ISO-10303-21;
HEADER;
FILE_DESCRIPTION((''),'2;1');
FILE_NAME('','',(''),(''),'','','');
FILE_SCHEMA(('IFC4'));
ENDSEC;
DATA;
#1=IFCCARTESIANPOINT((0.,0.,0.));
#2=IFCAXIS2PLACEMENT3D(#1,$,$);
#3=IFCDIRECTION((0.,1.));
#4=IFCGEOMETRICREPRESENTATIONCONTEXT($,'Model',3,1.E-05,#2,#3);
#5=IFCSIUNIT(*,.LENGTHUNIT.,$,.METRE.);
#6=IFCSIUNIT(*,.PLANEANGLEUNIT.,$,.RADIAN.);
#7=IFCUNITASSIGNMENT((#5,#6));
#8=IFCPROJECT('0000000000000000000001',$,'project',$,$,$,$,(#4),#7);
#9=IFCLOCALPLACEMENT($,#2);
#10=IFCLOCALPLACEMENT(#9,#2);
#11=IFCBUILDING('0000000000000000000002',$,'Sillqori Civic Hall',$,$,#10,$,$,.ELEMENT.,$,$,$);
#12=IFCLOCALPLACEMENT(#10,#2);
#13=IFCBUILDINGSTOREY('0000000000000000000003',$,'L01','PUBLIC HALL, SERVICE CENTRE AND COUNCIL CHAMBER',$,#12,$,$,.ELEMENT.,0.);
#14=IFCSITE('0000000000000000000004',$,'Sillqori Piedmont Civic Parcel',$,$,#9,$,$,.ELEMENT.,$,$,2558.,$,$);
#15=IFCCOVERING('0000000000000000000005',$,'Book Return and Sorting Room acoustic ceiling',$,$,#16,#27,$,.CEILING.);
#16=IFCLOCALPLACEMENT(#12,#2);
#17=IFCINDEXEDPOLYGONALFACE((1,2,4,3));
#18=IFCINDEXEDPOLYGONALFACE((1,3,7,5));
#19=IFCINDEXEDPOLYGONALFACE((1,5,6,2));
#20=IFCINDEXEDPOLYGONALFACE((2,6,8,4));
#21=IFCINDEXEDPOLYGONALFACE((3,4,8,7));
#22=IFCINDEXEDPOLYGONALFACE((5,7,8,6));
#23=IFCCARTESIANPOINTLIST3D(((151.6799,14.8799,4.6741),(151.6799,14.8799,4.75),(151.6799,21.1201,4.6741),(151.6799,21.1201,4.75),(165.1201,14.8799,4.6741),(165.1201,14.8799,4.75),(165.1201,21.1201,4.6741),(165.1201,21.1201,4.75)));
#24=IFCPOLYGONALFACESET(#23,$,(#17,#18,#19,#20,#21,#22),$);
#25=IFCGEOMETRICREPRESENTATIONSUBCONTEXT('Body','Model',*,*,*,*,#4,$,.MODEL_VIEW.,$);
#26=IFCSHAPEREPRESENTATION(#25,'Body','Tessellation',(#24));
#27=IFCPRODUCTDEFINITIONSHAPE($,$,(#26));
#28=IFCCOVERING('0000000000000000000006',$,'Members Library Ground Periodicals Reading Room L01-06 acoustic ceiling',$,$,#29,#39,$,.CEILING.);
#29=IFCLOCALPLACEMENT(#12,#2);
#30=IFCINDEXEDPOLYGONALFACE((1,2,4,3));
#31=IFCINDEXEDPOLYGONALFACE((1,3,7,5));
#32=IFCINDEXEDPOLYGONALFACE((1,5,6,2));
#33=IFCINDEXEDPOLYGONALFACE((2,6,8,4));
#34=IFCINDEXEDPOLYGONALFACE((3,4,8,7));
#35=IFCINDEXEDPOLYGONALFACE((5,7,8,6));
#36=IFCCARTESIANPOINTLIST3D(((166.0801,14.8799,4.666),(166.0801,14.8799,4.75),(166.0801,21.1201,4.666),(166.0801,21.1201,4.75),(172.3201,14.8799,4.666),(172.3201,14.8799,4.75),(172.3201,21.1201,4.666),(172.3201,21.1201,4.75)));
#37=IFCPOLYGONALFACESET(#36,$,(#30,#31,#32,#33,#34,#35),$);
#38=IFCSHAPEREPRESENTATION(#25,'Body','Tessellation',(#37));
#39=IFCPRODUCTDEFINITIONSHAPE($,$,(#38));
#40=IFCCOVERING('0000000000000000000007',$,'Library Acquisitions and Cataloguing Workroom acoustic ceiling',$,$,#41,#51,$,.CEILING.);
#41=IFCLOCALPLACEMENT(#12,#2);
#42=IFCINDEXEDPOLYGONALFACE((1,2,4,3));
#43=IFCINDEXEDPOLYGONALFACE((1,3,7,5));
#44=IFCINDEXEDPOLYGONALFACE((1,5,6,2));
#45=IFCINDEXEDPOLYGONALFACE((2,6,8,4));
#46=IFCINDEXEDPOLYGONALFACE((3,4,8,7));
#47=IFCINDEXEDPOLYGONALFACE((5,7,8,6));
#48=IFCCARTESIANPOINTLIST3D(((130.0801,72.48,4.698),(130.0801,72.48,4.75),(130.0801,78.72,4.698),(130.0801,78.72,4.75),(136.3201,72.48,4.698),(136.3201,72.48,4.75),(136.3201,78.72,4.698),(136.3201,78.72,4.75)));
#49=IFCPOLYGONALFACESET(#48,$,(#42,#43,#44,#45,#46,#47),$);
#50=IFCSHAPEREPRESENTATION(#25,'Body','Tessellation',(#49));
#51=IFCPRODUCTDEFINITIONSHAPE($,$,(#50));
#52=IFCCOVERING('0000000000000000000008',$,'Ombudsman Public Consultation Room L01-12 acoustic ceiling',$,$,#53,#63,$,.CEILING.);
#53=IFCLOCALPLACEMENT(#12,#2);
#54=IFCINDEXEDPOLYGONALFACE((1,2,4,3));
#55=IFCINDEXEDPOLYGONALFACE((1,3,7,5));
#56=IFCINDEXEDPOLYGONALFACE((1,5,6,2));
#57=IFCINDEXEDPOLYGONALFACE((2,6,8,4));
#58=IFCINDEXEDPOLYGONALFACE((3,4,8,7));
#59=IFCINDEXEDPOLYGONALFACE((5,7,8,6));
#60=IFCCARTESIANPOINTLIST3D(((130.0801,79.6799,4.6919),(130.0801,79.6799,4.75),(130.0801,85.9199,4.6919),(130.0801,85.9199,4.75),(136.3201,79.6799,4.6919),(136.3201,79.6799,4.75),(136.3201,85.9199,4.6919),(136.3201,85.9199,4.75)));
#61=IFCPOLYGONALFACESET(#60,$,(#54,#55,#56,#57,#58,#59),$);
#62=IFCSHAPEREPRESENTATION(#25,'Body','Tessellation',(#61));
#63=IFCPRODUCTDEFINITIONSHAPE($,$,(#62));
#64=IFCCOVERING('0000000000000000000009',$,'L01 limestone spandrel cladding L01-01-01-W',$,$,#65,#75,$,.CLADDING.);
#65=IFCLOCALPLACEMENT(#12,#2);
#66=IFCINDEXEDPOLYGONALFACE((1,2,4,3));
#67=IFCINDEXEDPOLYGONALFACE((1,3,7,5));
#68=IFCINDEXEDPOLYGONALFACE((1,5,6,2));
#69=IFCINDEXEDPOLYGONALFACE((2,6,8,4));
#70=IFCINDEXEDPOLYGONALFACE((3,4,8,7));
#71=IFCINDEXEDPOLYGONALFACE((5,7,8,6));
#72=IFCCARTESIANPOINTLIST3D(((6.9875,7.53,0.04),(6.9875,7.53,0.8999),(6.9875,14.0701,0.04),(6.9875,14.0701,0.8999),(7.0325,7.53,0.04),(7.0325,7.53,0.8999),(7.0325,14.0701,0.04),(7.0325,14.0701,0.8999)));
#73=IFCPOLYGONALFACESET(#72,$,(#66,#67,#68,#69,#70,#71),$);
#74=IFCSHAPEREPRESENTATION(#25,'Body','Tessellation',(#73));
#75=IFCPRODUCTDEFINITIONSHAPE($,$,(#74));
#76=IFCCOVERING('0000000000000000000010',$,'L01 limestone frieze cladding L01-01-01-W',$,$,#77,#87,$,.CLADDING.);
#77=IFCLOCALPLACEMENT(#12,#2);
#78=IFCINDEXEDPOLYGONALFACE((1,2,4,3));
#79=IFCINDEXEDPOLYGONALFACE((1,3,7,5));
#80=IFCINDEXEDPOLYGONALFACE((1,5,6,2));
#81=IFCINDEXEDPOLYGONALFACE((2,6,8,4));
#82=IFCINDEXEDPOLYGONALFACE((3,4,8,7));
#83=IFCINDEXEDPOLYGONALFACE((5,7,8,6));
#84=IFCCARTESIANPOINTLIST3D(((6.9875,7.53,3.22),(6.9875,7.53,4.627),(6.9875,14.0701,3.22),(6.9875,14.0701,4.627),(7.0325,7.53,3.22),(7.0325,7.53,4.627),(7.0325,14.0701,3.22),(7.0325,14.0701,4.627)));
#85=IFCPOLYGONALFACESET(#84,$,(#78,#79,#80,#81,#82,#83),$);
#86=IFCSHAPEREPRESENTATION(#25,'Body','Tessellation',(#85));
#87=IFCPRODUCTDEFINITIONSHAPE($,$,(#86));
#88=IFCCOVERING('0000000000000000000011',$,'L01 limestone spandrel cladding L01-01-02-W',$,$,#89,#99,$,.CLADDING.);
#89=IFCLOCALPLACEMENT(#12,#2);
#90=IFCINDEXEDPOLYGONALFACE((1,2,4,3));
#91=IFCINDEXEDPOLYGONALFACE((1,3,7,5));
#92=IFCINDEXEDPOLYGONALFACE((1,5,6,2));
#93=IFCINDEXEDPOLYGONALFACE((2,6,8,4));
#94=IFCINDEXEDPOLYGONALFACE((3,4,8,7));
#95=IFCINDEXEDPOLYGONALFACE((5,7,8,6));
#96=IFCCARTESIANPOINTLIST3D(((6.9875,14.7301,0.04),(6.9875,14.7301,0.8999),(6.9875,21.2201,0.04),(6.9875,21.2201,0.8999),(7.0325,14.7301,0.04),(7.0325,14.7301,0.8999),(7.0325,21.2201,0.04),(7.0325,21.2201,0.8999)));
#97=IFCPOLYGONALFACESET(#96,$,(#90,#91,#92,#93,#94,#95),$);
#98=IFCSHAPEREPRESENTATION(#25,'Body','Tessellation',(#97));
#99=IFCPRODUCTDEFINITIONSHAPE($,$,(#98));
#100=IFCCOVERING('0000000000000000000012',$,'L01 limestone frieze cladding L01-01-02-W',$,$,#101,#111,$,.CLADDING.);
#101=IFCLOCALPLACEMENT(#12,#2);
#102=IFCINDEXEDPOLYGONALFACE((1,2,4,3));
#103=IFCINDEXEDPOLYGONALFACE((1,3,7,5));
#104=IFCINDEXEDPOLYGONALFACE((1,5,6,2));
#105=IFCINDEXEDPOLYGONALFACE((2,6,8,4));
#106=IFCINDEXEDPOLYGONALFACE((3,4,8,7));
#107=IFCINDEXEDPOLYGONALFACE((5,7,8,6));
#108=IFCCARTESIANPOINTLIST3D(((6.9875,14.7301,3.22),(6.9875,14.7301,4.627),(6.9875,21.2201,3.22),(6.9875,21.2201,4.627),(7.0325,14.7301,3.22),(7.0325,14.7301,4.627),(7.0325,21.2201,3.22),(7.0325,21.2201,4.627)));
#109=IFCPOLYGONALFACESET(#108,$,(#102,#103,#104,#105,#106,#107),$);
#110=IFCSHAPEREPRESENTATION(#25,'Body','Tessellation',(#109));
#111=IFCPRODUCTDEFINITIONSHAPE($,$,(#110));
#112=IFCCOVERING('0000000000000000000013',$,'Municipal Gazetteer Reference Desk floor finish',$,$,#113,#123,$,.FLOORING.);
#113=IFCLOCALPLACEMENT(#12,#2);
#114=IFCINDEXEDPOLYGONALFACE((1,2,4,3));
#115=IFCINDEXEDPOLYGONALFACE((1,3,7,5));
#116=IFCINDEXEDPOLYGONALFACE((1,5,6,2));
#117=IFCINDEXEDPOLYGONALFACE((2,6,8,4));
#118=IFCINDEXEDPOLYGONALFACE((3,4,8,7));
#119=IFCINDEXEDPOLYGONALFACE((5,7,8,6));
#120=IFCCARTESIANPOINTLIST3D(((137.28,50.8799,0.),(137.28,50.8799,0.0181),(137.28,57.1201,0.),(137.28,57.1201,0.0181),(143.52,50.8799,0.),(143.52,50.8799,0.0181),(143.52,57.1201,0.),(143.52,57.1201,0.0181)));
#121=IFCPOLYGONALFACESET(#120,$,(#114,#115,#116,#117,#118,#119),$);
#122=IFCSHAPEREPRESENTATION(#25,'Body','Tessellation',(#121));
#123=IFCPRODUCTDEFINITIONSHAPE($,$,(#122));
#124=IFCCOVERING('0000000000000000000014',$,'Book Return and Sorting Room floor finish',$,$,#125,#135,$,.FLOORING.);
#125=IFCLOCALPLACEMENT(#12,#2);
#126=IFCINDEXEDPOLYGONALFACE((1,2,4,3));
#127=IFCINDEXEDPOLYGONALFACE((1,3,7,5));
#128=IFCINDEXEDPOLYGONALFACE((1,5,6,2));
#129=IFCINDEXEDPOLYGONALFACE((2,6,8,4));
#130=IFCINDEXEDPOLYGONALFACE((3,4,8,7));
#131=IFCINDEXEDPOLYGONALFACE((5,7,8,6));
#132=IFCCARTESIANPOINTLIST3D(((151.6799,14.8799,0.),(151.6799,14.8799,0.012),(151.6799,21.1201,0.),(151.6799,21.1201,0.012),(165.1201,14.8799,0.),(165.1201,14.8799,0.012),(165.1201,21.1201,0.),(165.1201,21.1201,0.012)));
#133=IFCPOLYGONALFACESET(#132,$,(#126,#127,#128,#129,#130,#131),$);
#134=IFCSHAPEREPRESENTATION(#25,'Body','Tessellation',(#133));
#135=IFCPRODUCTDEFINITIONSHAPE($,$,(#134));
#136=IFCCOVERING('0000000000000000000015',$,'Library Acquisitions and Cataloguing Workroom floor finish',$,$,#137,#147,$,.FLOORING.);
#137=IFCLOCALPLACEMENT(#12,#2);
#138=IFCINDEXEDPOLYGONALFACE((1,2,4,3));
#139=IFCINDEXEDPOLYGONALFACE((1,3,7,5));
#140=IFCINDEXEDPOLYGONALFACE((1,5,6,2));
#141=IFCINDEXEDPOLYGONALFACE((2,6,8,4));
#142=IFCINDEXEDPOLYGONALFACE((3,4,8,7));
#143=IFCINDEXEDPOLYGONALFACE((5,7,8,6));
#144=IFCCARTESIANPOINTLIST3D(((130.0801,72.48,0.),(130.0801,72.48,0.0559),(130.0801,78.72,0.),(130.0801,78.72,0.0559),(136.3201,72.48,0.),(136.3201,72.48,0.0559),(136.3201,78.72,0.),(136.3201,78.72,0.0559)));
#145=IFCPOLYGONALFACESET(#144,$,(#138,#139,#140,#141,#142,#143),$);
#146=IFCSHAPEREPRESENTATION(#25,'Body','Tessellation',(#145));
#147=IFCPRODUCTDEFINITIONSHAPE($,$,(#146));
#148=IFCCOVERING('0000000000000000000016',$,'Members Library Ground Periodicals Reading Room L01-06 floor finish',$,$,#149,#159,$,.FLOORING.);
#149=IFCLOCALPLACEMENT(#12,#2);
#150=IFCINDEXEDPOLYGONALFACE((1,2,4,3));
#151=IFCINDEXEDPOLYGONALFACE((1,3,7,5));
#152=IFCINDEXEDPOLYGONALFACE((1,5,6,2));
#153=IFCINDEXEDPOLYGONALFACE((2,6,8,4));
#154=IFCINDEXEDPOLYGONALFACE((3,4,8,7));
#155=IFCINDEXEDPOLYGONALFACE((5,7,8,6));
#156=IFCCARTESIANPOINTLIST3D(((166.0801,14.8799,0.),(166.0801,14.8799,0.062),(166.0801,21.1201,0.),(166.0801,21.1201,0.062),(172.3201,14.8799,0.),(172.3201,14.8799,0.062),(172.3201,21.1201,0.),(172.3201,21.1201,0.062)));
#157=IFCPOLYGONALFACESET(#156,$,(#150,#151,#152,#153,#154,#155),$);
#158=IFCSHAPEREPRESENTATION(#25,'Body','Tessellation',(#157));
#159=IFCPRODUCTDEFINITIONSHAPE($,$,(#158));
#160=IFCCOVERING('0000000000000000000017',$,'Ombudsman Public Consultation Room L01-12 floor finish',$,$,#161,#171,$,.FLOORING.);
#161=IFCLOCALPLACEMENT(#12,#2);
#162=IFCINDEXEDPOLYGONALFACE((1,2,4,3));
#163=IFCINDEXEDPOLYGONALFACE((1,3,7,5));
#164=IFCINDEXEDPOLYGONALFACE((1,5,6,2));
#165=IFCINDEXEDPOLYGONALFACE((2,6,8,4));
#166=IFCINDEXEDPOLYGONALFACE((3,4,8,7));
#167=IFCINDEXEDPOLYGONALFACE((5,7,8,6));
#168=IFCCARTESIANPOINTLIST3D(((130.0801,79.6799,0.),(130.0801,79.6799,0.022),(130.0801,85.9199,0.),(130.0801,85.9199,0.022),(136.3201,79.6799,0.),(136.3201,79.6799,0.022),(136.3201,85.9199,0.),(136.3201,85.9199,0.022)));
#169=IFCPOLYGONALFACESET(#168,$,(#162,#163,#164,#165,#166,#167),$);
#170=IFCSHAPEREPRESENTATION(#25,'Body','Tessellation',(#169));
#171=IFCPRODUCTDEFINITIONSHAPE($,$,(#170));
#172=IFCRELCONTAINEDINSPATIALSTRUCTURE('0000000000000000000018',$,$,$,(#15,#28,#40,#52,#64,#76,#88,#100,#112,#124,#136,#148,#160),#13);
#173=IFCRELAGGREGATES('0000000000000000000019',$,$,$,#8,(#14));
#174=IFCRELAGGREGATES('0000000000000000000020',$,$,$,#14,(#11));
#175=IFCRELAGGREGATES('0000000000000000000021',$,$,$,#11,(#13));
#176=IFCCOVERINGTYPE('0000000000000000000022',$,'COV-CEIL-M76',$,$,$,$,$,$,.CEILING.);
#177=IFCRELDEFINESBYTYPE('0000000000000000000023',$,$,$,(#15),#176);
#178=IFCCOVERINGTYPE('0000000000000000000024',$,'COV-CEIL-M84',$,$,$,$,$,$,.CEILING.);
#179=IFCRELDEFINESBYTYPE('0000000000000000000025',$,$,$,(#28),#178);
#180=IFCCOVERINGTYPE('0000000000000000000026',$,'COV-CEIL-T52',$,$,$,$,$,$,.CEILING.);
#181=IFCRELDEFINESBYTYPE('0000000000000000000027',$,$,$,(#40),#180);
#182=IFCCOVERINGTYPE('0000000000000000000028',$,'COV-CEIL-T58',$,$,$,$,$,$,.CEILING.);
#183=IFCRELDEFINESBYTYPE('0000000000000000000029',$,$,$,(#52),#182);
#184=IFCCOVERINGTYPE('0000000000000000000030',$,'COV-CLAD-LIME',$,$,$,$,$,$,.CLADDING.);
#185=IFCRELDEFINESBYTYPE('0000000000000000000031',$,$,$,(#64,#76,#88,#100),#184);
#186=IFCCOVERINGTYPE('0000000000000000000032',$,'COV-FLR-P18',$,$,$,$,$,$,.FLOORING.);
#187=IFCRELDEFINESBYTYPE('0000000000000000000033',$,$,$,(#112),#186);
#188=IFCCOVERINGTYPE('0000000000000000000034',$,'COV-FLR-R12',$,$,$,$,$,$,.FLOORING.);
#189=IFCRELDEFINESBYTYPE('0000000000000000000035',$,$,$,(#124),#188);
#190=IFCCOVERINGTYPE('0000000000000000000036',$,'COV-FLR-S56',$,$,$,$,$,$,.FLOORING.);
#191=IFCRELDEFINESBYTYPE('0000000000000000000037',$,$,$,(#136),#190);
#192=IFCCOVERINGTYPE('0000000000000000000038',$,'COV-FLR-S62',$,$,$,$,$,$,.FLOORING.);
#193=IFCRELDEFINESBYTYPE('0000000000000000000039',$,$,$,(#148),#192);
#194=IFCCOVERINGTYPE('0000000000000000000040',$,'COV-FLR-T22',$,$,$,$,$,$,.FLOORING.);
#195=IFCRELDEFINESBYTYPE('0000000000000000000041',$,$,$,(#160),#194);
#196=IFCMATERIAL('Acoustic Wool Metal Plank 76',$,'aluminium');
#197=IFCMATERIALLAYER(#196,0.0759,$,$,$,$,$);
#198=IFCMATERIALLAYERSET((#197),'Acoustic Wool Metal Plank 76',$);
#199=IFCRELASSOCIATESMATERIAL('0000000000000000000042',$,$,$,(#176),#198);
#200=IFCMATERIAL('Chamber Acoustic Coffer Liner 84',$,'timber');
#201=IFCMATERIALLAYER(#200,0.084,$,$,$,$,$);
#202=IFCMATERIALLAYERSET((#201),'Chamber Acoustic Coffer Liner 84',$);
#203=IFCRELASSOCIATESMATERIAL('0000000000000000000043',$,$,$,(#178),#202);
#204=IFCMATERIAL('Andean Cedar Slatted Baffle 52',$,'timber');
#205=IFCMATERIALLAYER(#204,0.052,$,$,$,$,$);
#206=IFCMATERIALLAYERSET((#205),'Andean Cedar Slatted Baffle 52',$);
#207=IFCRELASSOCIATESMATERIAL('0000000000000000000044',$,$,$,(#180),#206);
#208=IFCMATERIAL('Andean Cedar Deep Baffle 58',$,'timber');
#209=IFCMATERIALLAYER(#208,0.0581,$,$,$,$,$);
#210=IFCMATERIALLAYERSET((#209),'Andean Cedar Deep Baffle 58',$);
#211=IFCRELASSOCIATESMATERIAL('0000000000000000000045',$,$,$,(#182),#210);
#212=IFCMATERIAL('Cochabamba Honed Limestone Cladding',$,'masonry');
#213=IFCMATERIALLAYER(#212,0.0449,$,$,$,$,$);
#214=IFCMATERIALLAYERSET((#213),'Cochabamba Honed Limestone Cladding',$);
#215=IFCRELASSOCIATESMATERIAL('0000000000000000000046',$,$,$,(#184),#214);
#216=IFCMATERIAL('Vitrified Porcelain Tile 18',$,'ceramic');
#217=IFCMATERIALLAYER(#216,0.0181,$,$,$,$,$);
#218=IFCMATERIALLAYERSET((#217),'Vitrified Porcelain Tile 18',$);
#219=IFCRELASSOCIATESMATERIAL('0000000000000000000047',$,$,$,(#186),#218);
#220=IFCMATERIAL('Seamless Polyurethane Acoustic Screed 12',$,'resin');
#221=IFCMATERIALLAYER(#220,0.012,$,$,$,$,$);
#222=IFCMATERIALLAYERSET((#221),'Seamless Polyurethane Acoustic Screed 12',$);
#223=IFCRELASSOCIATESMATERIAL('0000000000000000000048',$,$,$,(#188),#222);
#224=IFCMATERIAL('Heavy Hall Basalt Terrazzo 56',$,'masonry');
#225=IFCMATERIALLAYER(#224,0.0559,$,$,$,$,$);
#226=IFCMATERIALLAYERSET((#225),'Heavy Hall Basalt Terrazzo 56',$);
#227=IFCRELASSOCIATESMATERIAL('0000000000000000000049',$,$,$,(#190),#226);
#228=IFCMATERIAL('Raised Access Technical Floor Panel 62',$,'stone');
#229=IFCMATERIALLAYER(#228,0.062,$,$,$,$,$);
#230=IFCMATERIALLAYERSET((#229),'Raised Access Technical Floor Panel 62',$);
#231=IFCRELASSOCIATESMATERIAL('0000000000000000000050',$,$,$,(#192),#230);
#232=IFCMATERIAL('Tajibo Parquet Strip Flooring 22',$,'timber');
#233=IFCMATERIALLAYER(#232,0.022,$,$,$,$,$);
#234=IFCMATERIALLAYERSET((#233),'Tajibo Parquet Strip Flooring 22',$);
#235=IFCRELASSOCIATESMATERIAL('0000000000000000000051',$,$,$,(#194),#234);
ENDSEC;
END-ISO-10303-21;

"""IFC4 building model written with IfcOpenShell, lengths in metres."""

from ifc_helpers import new_model, si_unit, direction, frame, frame_2d, origin, place, context, subcontext, project, spatial, polyline, rectangle, outline, extrude, material, layer, layer_set, type_object, element, save


model = new_model("IFC4")

# Units and contexts
model_context = context("Model", 3, precision=1e-05, world=origin(), true_north=direction((0.0, 1.0)))
body_context = subcontext(model_context, "Body", "Model", "MODEL_VIEW")
ifc_project = project(units=[si_unit("LENGTHUNIT", "METRE"), si_unit("PLANEANGLEUNIT", "RADIAN")], contexts=[model_context])

# Site, building, storey
site_placement = place(None, origin())
site = spatial("IfcSite", under=ifc_project, at=site_placement, Name="Sillqori Piedmont Civic Parcel", CompositionType="ELEMENT", RefElevation=2558.0)
building_placement = place(site_placement, origin())
building = spatial("IfcBuilding", under=site, at=building_placement, Name="Sillqori Civic Hall", CompositionType="ELEMENT")
storey_placement = place(building_placement, origin())
storey = spatial("IfcBuildingStorey", under=building, at=storey_placement, Name="L01", Description="PUBLIC HALL, SERVICE CENTRE AND COUNCIL CHAMBER", CompositionType="ELEMENT", Elevation=0.0)

# Coverings
ifc_material_1 = material(Name="Acoustic Wool Metal Plank 76", Category="aluminium")
ifc_layer_1 = layer(ifc_material_1, 0.0759)
ifc_layer_set_1 = layer_set([ifc_layer_1], Name="Acoustic Wool Metal Plank 76")
covering_type_1 = type_object("IfcCoveringType", Name="COV-CEIL-M76", PredefinedType="CEILING", material=ifc_layer_set_1)
covering_1_placement = place(storey_placement, frame((0.0, 0.0, 4.6741)))
element("IfcCovering", 1, at=covering_1_placement, inside=storey, type_object=covering_type_1, Name="Book Return and Sorting Room acoustic ceiling", PredefinedType="CEILING", context=body_context, shape_type="SweptSolid", body=[
    extrude(outline(polyline([(151.6799, 14.8799), (165.1201, 14.8799), (165.1201, 21.1201), (151.6799, 21.1201), (151.6799, 14.8799)])), origin(), (0.0, 0.0, 1.0), 0.0759),
])
ifc_material_2 = material(Name="Chamber Acoustic Coffer Liner 84", Category="timber")
ifc_layer_2 = layer(ifc_material_2, 0.084)
ifc_layer_set_2 = layer_set([ifc_layer_2], Name="Chamber Acoustic Coffer Liner 84")
covering_type_2 = type_object("IfcCoveringType", Name="COV-CEIL-M84", PredefinedType="CEILING", material=ifc_layer_set_2)
covering_2_placement = place(storey_placement, frame((0.0, 0.0, 4.666)))
element("IfcCovering", 2, at=covering_2_placement, inside=storey, type_object=covering_type_2, Name="Members Library Ground Periodicals Reading Room L01-06 acoustic ceiling", PredefinedType="CEILING", context=body_context, shape_type="SweptSolid", body=[
    extrude(outline(polyline([(166.0801, 14.8799), (172.3201, 14.8799), (172.3201, 21.1201), (166.0801, 21.1201), (166.0801, 14.8799)])), origin(), (0.0, 0.0, 1.0), 0.084),
])
ifc_material_3 = material(Name="Andean Cedar Slatted Baffle 52", Category="timber")
ifc_layer_3 = layer(ifc_material_3, 0.052)
ifc_layer_set_3 = layer_set([ifc_layer_3], Name="Andean Cedar Slatted Baffle 52")
covering_type_3 = type_object("IfcCoveringType", Name="COV-CEIL-T52", PredefinedType="CEILING", material=ifc_layer_set_3)
covering_3_placement = place(storey_placement, frame((0.0, 0.0, 4.698)))
element("IfcCovering", 3, at=covering_3_placement, inside=storey, type_object=covering_type_3, Name="Library Acquisitions and Cataloguing Workroom acoustic ceiling", PredefinedType="CEILING", context=body_context, shape_type="SweptSolid", body=[
    extrude(outline(polyline([(130.0801, 72.48), (136.3201, 72.48), (136.3201, 78.72), (130.0801, 78.72), (130.0801, 72.48)])), origin(), (0.0, 0.0, 1.0), 0.052),
])
ifc_material_4 = material(Name="Andean Cedar Deep Baffle 58", Category="timber")
ifc_layer_4 = layer(ifc_material_4, 0.0581)
ifc_layer_set_4 = layer_set([ifc_layer_4], Name="Andean Cedar Deep Baffle 58")
covering_type_4 = type_object("IfcCoveringType", Name="COV-CEIL-T58", PredefinedType="CEILING", material=ifc_layer_set_4)
covering_4_placement = place(storey_placement, frame((0.0, 0.0, 4.6919)))
element("IfcCovering", 4, at=covering_4_placement, inside=storey, type_object=covering_type_4, Name="Ombudsman Public Consultation Room L01-12 acoustic ceiling", PredefinedType="CEILING", context=body_context, shape_type="SweptSolid", body=[
    extrude(outline(polyline([(130.0801, 79.6799), (136.3201, 79.6799), (136.3201, 85.9199), (130.0801, 85.9199), (130.0801, 79.6799)])), origin(), (0.0, 0.0, 1.0), 0.0581),
])
ifc_material_5 = material(Name="Cochabamba Honed Limestone Cladding", Category="masonry")
ifc_layer_5 = layer(ifc_material_5, 0.0449)
ifc_layer_set_5 = layer_set([ifc_layer_5], Name="Cochabamba Honed Limestone Cladding")
covering_type_5 = type_object("IfcCoveringType", Name="COV-CLAD-LIME", PredefinedType="CLADDING", material=ifc_layer_set_5)
covering_5_placement = place(storey_placement, frame((7.01, 7.53, 0.04), z_axis=(0.0, 0.0, 1.0), x_axis=(0.0, 1.0, 0.0)))
element("IfcCovering", 5, at=covering_5_placement, inside=storey, type_object=covering_type_5, Name="L01 limestone spandrel cladding L01-01-01-W", PredefinedType="CLADDING", context=body_context, shape_type="SweptSolid", body=[
    extrude(rectangle(XDim=6.54, YDim=0.0449, at=frame_2d((3.27, 0.0))), origin(), (0.0, 0.0, 1.0), 0.8599),
])
covering_6_placement = place(storey_placement, frame((7.01, 7.53, 3.22), z_axis=(0.0, 0.0, 1.0), x_axis=(0.0, 1.0, 0.0)))
element("IfcCovering", 6, at=covering_6_placement, inside=storey, type_object=covering_type_5, Name="L01 limestone frieze cladding L01-01-01-W", PredefinedType="CLADDING", context=body_context, shape_type="SweptSolid", body=[
    extrude(rectangle(XDim=6.54, YDim=0.0449, at=frame_2d((3.27, 0.0))), origin(), (0.0, 0.0, 1.0), 1.407),
])
covering_7_placement = place(storey_placement, frame((7.01, 14.73, 0.04), z_axis=(0.0, 0.0, 1.0), x_axis=(0.0, 1.0, 0.0)))
element("IfcCovering", 7, at=covering_7_placement, inside=storey, type_object=covering_type_5, Name="L01 limestone spandrel cladding L01-01-02-W", PredefinedType="CLADDING", context=body_context, shape_type="SweptSolid", body=[
    extrude(rectangle(XDim=6.49, YDim=0.0449, at=frame_2d((3.2451, 0.0))), origin(), (0.0, 0.0, 1.0), 0.8599),
])
covering_8_placement = place(storey_placement, frame((7.01, 14.73, 3.22), z_axis=(0.0, 0.0, 1.0), x_axis=(0.0, 1.0, 0.0)))
element("IfcCovering", 8, at=covering_8_placement, inside=storey, type_object=covering_type_5, Name="L01 limestone frieze cladding L01-01-02-W", PredefinedType="CLADDING", context=body_context, shape_type="SweptSolid", body=[
    extrude(rectangle(XDim=6.49, YDim=0.0449, at=frame_2d((3.2451, 0.0))), origin(), (0.0, 0.0, 1.0), 1.407),
])
ifc_material_6 = material(Name="Vitrified Porcelain Tile 18", Category="ceramic")
ifc_layer_6 = layer(ifc_material_6, 0.0181)
ifc_layer_set_6 = layer_set([ifc_layer_6], Name="Vitrified Porcelain Tile 18")
covering_type_6 = type_object("IfcCoveringType", Name="COV-FLR-P18", PredefinedType="FLOORING", material=ifc_layer_set_6)
covering_9_placement = place(storey_placement, origin())
element("IfcCovering", 9, at=covering_9_placement, inside=storey, type_object=covering_type_6, Name="Municipal Gazetteer Reference Desk floor finish", PredefinedType="FLOORING", context=body_context, shape_type="SweptSolid", body=[
    extrude(outline(polyline([(137.28, 50.8799), (143.52, 50.8799), (143.52, 57.1201), (137.28, 57.1201), (137.28, 50.8799)])), origin(), (0.0, 0.0, 1.0), 0.0181),
])
ifc_material_7 = material(Name="Seamless Polyurethane Acoustic Screed 12", Category="resin")
ifc_layer_7 = layer(ifc_material_7, 0.012)
ifc_layer_set_7 = layer_set([ifc_layer_7], Name="Seamless Polyurethane Acoustic Screed 12")
covering_type_7 = type_object("IfcCoveringType", Name="COV-FLR-R12", PredefinedType="FLOORING", material=ifc_layer_set_7)
covering_10_placement = place(storey_placement, origin())
element("IfcCovering", 10, at=covering_10_placement, inside=storey, type_object=covering_type_7, Name="Book Return and Sorting Room floor finish", PredefinedType="FLOORING", context=body_context, shape_type="SweptSolid", body=[
    extrude(outline(polyline([(151.6799, 14.8799), (165.1201, 14.8799), (165.1201, 21.1201), (151.6799, 21.1201), (151.6799, 14.8799)])), origin(), (0.0, 0.0, 1.0), 0.012),
])
ifc_material_8 = material(Name="Heavy Hall Basalt Terrazzo 56", Category="masonry")
ifc_layer_8 = layer(ifc_material_8, 0.0559)
ifc_layer_set_8 = layer_set([ifc_layer_8], Name="Heavy Hall Basalt Terrazzo 56")
covering_type_8 = type_object("IfcCoveringType", Name="COV-FLR-S56", PredefinedType="FLOORING", material=ifc_layer_set_8)
covering_11_placement = place(storey_placement, origin())
element("IfcCovering", 11, at=covering_11_placement, inside=storey, type_object=covering_type_8, Name="Library Acquisitions and Cataloguing Workroom floor finish", PredefinedType="FLOORING", context=body_context, shape_type="SweptSolid", body=[
    extrude(outline(polyline([(130.0801, 72.48), (136.3201, 72.48), (136.3201, 78.72), (130.0801, 78.72), (130.0801, 72.48)])), origin(), (0.0, 0.0, 1.0), 0.0559),
])
ifc_material_9 = material(Name="Raised Access Technical Floor Panel 62", Category="stone")
ifc_layer_9 = layer(ifc_material_9, 0.062)
ifc_layer_set_9 = layer_set([ifc_layer_9], Name="Raised Access Technical Floor Panel 62")
covering_type_9 = type_object("IfcCoveringType", Name="COV-FLR-S62", PredefinedType="FLOORING", material=ifc_layer_set_9)
covering_12_placement = place(storey_placement, origin())
element("IfcCovering", 12, at=covering_12_placement, inside=storey, type_object=covering_type_9, Name="Members Library Ground Periodicals Reading Room L01-06 floor finish", PredefinedType="FLOORING", context=body_context, shape_type="SweptSolid", body=[
    extrude(outline(polyline([(166.0801, 14.8799), (172.3201, 14.8799), (172.3201, 21.1201), (166.0801, 21.1201), (166.0801, 14.8799)])), origin(), (0.0, 0.0, 1.0), 0.062),
])
ifc_material_10 = material(Name="Tajibo Parquet Strip Flooring 22", Category="timber")
ifc_layer_10 = layer(ifc_material_10, 0.022)
ifc_layer_set_10 = layer_set([ifc_layer_10], Name="Tajibo Parquet Strip Flooring 22")
covering_type_10 = type_object("IfcCoveringType", Name="COV-FLR-T22", PredefinedType="FLOORING", material=ifc_layer_set_10)
covering_13_placement = place(storey_placement, origin())
element("IfcCovering", 13, at=covering_13_placement, inside=storey, type_object=covering_type_10, Name="Ombudsman Public Consultation Room L01-12 floor finish", PredefinedType="FLOORING", context=body_context, shape_type="SweptSolid", body=[
    extrude(outline(polyline([(130.0801, 79.6799), (136.3201, 79.6799), (136.3201, 85.9199), (130.0801, 85.9199), (130.0801, 79.6799)])), origin(), (0.0, 0.0, 1.0), 0.022),
])

save(model, "model.ifc")
